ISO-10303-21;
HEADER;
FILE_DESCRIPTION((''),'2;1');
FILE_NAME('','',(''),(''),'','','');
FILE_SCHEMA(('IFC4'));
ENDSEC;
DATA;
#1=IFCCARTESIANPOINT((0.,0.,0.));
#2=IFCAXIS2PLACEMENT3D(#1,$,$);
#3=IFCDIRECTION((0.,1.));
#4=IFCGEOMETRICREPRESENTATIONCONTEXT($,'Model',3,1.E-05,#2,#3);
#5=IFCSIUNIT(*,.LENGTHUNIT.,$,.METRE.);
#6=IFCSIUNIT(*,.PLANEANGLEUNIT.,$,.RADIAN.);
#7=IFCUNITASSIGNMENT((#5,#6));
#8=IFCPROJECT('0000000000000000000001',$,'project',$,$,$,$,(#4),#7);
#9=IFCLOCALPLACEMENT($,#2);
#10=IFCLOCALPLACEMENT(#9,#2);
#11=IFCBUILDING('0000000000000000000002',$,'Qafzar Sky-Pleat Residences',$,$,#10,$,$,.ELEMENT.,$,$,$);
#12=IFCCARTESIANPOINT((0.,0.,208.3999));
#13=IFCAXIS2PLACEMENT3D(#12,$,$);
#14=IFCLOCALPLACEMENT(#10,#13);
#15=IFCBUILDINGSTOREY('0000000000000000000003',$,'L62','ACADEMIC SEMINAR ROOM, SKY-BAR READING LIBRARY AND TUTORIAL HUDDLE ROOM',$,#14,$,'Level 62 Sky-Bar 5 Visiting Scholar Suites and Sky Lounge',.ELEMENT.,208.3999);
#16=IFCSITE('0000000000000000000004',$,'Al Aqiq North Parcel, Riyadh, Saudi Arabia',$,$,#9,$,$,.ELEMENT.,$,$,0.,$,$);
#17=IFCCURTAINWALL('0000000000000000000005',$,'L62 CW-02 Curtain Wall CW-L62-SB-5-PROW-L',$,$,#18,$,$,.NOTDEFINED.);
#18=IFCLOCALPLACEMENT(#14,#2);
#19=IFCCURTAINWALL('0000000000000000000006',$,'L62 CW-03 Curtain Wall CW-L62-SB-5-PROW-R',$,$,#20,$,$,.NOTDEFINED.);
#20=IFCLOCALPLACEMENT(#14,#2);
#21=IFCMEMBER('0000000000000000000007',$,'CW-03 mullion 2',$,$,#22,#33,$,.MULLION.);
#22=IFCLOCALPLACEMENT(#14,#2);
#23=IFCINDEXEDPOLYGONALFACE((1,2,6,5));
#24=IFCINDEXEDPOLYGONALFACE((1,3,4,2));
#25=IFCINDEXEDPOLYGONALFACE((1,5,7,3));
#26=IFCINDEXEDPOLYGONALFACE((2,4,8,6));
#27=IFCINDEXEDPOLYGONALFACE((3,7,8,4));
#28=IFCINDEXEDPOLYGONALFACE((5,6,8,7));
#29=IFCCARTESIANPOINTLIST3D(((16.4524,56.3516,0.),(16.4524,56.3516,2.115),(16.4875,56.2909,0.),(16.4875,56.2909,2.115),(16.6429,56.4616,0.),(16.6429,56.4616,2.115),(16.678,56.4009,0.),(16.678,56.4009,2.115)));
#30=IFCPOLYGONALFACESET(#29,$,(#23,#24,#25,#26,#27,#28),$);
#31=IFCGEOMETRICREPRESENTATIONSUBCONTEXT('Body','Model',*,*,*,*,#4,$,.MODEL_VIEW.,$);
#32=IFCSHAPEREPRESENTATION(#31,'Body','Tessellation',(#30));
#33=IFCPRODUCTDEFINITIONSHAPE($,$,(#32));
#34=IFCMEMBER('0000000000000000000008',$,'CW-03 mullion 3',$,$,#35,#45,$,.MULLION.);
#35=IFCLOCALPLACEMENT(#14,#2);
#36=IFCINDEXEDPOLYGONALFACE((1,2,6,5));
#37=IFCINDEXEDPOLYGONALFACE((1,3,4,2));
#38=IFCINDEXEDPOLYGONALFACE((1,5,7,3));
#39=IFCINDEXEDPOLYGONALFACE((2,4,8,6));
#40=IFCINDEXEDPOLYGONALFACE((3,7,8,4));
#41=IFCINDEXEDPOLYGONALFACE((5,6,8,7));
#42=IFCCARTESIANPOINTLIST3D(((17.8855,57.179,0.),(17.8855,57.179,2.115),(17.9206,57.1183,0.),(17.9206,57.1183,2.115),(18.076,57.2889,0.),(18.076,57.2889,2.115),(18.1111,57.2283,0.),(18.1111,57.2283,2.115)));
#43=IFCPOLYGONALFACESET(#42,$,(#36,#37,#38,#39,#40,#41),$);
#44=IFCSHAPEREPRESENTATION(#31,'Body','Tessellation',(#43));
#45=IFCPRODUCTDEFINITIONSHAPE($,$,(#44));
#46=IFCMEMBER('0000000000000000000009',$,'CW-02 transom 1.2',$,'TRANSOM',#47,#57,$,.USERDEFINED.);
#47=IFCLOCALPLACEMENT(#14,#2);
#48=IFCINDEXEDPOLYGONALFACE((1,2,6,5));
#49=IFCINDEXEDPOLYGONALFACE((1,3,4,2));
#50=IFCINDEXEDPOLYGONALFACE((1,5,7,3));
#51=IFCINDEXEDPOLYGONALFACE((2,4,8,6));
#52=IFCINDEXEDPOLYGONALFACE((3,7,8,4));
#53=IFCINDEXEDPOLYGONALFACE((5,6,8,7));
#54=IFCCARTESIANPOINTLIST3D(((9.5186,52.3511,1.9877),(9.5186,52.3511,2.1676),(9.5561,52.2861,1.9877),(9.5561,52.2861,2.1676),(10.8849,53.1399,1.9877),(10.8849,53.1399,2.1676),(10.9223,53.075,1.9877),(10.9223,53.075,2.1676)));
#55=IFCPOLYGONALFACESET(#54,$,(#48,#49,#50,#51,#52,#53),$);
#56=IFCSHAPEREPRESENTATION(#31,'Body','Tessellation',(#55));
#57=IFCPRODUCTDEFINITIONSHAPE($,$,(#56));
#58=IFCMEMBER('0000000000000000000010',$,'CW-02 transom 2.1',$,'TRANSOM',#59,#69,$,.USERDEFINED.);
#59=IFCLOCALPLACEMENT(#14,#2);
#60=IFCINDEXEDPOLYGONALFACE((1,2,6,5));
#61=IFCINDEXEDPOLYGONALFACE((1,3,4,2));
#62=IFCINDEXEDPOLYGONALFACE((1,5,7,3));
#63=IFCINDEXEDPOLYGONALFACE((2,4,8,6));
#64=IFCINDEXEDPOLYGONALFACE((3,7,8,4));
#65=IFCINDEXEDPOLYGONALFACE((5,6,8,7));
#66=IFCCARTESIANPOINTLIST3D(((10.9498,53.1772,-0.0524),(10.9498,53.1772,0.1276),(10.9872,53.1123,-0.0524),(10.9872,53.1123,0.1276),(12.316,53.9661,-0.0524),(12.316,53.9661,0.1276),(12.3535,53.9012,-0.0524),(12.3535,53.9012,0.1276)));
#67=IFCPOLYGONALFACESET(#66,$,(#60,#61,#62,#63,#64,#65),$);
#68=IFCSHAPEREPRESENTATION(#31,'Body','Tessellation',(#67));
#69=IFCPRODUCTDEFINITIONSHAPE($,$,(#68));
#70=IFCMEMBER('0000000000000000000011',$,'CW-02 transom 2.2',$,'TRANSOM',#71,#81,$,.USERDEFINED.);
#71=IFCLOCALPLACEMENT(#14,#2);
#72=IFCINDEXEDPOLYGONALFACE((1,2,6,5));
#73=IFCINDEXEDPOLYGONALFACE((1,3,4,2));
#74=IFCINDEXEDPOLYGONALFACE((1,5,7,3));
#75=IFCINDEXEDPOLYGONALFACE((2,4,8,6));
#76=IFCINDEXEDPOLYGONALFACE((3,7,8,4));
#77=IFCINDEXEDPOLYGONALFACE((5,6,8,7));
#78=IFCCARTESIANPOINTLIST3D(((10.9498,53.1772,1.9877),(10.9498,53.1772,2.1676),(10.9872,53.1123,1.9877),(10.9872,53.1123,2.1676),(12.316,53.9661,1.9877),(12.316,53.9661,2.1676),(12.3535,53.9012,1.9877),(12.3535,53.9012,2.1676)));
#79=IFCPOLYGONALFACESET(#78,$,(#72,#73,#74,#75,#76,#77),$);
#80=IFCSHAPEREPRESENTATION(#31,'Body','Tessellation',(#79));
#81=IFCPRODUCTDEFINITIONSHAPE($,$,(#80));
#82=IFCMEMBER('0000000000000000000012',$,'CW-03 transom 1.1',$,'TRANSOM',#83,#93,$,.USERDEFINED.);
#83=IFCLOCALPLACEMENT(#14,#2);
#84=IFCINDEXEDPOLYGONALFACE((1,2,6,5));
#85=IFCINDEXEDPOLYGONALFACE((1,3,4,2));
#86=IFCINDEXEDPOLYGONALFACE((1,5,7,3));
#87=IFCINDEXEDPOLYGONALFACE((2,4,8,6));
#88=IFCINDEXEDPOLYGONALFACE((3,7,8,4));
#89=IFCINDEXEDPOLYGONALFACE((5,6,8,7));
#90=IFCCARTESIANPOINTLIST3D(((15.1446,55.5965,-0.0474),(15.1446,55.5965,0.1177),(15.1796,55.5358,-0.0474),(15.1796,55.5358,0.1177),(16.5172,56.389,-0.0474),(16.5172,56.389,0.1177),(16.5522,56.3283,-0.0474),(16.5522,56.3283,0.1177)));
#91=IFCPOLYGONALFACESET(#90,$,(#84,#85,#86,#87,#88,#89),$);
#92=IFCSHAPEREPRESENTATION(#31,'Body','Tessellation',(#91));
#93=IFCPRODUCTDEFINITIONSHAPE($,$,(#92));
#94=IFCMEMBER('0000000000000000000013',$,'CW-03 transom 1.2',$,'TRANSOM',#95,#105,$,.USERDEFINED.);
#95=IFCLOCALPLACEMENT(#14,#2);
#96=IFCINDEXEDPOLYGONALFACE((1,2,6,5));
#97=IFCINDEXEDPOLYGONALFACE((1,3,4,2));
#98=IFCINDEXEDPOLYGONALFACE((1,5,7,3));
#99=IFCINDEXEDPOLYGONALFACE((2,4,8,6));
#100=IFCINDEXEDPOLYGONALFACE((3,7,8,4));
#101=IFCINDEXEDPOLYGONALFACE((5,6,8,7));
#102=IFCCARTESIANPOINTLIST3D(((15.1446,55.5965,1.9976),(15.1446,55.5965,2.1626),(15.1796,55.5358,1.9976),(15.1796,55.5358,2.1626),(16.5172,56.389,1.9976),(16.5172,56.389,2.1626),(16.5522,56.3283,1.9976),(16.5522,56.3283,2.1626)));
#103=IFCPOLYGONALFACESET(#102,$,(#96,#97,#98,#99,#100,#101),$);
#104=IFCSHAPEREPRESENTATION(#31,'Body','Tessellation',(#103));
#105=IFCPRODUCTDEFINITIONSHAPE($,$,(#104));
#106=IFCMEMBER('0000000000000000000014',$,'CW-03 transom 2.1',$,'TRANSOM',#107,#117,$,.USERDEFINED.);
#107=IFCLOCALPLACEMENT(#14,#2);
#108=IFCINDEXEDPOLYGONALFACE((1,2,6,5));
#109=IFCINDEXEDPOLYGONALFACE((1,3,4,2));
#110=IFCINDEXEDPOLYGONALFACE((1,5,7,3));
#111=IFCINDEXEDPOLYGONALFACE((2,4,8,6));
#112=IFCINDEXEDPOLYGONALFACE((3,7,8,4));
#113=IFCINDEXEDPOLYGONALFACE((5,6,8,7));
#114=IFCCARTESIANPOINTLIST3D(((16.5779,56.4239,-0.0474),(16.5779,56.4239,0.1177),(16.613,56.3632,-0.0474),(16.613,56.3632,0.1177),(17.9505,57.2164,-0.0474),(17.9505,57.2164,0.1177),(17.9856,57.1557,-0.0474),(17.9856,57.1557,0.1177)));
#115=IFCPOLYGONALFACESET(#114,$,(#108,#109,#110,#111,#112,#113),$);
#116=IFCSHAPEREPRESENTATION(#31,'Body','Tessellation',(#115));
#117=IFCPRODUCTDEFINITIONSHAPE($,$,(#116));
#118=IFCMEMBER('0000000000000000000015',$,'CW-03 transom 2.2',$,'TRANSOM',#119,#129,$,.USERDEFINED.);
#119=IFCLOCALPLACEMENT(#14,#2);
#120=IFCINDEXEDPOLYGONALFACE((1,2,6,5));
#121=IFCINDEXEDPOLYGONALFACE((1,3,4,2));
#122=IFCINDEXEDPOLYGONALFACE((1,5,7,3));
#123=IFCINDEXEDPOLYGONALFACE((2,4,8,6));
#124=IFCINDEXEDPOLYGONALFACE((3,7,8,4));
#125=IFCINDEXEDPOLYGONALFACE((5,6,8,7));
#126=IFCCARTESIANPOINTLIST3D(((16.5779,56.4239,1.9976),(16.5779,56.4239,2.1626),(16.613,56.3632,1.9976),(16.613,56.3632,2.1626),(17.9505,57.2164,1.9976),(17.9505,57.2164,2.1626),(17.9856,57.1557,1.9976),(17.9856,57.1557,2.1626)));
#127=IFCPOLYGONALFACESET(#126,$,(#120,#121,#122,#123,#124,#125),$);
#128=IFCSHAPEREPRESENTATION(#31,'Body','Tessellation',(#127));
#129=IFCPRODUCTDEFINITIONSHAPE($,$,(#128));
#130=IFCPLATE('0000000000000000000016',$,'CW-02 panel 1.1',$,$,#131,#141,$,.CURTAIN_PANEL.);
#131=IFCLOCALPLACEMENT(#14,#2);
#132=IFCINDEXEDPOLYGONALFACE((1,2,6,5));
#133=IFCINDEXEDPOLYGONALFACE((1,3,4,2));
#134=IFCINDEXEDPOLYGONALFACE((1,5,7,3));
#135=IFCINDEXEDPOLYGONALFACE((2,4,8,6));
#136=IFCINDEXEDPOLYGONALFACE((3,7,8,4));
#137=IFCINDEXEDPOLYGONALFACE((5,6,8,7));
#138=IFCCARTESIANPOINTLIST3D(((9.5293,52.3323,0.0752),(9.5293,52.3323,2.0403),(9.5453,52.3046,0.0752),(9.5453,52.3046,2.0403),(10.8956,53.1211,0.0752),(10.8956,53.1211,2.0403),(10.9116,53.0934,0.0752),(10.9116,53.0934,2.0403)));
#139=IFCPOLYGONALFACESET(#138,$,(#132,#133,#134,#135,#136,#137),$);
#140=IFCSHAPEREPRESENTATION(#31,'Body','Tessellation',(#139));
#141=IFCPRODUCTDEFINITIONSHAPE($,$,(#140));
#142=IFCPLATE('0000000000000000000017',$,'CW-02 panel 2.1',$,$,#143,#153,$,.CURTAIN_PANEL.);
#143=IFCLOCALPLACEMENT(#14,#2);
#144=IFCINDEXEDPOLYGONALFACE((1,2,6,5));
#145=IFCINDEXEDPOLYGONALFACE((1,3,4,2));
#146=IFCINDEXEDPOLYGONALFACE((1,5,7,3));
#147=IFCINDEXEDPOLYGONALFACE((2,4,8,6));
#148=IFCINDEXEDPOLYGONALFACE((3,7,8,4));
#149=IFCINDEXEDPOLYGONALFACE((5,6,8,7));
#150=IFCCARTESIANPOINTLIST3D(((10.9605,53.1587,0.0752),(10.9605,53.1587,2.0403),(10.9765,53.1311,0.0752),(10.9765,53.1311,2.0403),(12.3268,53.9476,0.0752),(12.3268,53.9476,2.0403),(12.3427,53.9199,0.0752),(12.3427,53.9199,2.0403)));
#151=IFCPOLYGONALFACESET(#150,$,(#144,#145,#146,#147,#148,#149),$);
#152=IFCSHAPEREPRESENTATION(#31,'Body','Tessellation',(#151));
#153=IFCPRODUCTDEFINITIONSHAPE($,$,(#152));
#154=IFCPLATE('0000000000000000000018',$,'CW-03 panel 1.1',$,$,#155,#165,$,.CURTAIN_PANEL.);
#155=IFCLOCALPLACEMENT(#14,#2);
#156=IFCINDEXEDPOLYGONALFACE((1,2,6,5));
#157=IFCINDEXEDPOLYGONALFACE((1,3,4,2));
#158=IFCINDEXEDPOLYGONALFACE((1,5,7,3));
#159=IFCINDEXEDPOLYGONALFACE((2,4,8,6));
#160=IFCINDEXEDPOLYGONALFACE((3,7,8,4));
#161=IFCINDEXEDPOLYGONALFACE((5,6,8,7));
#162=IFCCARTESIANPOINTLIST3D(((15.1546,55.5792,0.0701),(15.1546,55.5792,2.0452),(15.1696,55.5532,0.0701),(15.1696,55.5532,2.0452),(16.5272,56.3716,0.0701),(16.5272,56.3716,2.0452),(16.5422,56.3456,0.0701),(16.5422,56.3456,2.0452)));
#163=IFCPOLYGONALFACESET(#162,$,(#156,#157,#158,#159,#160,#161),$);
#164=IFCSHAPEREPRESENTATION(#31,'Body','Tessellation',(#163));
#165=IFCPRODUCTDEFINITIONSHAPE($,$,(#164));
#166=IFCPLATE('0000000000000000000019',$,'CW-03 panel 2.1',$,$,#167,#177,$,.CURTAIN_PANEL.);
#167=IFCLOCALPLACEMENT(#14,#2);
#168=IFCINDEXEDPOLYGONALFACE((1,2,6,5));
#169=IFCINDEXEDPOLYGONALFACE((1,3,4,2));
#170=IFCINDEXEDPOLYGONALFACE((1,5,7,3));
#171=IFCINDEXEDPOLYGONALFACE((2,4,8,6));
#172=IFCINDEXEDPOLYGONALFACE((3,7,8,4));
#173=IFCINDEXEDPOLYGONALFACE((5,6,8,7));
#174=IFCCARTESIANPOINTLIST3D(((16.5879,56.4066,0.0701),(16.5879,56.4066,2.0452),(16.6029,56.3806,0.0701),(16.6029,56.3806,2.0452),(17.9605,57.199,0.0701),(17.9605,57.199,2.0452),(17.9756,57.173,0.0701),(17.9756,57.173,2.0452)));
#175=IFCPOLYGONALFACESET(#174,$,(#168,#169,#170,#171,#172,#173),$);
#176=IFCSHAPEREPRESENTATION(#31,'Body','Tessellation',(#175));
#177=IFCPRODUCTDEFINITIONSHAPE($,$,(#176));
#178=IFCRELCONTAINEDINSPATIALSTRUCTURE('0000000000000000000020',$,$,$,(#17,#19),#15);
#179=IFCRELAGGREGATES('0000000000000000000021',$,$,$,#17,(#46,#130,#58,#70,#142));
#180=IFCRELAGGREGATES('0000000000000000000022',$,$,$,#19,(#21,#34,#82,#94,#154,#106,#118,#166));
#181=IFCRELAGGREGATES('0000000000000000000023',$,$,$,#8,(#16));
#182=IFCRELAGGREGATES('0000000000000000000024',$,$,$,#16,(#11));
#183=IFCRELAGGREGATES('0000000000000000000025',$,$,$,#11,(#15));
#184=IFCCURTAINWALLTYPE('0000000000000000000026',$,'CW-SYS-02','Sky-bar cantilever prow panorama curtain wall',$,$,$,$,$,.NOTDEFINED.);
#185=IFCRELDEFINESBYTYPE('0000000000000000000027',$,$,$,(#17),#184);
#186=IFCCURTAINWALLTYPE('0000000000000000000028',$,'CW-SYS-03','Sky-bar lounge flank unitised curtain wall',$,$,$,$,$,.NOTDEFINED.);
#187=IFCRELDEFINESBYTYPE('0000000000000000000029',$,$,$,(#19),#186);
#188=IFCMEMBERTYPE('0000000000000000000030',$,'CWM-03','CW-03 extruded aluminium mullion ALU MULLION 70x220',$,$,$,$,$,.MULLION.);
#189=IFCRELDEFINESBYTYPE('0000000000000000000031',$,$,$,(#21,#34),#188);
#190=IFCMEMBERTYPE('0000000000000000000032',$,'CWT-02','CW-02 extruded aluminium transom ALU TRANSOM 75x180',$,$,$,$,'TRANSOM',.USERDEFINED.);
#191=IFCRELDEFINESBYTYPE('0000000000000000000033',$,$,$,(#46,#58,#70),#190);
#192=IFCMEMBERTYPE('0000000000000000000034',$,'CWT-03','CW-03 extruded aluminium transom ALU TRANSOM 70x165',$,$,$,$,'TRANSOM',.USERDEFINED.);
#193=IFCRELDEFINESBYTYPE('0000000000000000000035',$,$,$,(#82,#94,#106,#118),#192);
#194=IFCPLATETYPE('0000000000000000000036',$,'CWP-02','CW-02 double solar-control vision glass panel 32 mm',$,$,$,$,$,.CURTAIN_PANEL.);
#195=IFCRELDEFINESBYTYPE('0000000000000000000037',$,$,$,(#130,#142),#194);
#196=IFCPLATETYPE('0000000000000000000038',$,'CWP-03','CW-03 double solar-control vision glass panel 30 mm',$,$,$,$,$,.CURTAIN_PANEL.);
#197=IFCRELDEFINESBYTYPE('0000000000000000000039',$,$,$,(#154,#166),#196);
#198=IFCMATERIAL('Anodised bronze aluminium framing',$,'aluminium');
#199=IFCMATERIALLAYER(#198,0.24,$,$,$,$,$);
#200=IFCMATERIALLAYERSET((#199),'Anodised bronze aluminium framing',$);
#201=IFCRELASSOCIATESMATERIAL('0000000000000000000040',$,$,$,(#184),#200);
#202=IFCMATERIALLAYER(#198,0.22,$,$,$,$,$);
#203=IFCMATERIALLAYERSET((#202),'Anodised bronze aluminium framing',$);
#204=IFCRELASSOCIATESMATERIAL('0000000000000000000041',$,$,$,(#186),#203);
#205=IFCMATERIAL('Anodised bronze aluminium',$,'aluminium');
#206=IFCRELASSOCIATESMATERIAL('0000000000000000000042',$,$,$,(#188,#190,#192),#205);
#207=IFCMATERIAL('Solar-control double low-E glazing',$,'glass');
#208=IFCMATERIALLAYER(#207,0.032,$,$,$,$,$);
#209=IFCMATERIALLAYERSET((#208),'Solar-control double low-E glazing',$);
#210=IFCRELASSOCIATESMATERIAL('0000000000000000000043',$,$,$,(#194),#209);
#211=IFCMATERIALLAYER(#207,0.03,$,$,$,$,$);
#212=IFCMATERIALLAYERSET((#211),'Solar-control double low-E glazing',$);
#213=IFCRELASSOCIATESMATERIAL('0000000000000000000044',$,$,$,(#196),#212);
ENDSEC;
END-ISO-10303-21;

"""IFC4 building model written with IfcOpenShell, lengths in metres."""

from ifc_helpers import new_model, si_unit, direction, frame, origin, origin_2d, place, context, subcontext, project, spatial, rectangle, extrude, source, transform, mapped, material, layer, layer_set, material_profile, profile_set, type_object, element, aggregate, save


model = new_model("IFC4")

# Units and contexts
model_context = context("Model", 3, precision=1e-05, world=origin(), true_north=direction((0.0, 1.0)))
body_context = subcontext(model_context, "Body", "Model", "MODEL_VIEW")
ifc_project = project(units=[si_unit("LENGTHUNIT", "METRE"), si_unit("PLANEANGLEUNIT", "RADIAN")], contexts=[model_context])

# Site, building, storey
site_placement = place(None, origin())
site = spatial("IfcSite", under=ifc_project, at=site_placement, Name="Al Aqiq North Parcel, Riyadh, Saudi Arabia", CompositionType="ELEMENT", RefElevation=0.0)
building_placement = place(site_placement, origin())
building = spatial("IfcBuilding", under=site, at=building_placement, Name="Qafzar Sky-Pleat Residences", CompositionType="ELEMENT")
storey_placement = place(building_placement, frame((0.0, 0.0, 208.3999)))
storey = spatial("IfcBuildingStorey", under=building, at=storey_placement, Name="L62", Description="ACADEMIC SEMINAR ROOM, SKY-BAR READING LIBRARY AND TUTORIAL HUDDLE ROOM", LongName="Level 62 Sky-Bar 5 Visiting Scholar Suites and Sky Lounge", CompositionType="ELEMENT", Elevation=208.3999)

# Curtain walls, members
ifc_material_1 = material(Name="Anodised bronze aluminium framing", Category="aluminium")
ifc_layer_1 = layer(ifc_material_1, 0.24)
ifc_layer_set_1 = layer_set([ifc_layer_1], Name="Anodised bronze aluminium framing")
curtain_wall_type_1 = type_object("IfcCurtainWallType", Name="CW-SYS-02", Description="Sky-bar cantilever prow panorama curtain wall", PredefinedType="NOTDEFINED", material=ifc_layer_set_1)
curtain_wall_1_placement = place(storey_placement, origin())
curtain_wall_1 = element("IfcCurtainWall", 1, at=curtain_wall_1_placement, inside=storey, type_object=curtain_wall_type_1, Name="L62 CW-02 Curtain Wall CW-L62-SB-5-PROW-L", PredefinedType="NOTDEFINED")
ifc_material_2 = material(Name="Anodised bronze aluminium", Category="aluminium")
ifc_layer_2 = layer(ifc_material_1, 0.22)
ifc_layer_set_2 = layer_set([ifc_layer_2], Name="Anodised bronze aluminium framing")
curtain_wall_type_2 = type_object("IfcCurtainWallType", Name="CW-SYS-03", Description="Sky-bar lounge flank unitised curtain wall", PredefinedType="NOTDEFINED", material=ifc_layer_set_2)
curtain_wall_2_placement = place(storey_placement, origin())
curtain_wall_2 = element("IfcCurtainWall", 2, at=curtain_wall_2_placement, inside=storey, type_object=curtain_wall_type_2, Name="L62 CW-03 Curtain Wall CW-L62-SB-5-PROW-R", PredefinedType="NOTDEFINED")
ifc_material_profile_1 = material_profile(ifc_material_2, rectangle(XDim=0.0701, YDim=0.22, at=origin_2d()), Name="ALU MULLION 70x220")
ifc_profile_set_1 = profile_set([ifc_material_profile_1], Name="Anodised bronze aluminium")
member_type_1 = type_object("IfcMemberType", Name="CWM-03", Description="CW-03 extruded aluminium mullion ALU MULLION 70x220", PredefinedType="MULLION", material=ifc_profile_set_1)
shared_shape_1 = source(origin(), body_context, "Body", "SweptSolid", [
    extrude(rectangle(XDim=0.0701, YDim=0.22, at=origin_2d()), origin(), (0.0, 0.0, 1.0), 2.115),
])
member_1_placement = place(storey_placement, frame((16.5652, 56.3762, 0.0), z_axis=(0.0, 0.0, 1.0), x_axis=(-0.499996, 0.866028, 0.0)))
member_1 = element("IfcMember", 3, at=member_1_placement, type_object=member_type_1, Name="CW-03 mullion 2", PredefinedType="MULLION", context=body_context, shape_type="MappedRepresentation", body=[
    mapped(shared_shape_1, transform((0.0, 0.0, 0.0), x_axis=(1.0, 0.0, 0.0), y_axis=(0.0, 1.0, 0.0), z_axis=(0.0, 0.0, 1.0), scale=1.0)),
])
member_2_placement = place(storey_placement, frame((17.9983, 57.2036, 0.0), z_axis=(0.0, 0.0, 1.0), x_axis=(-0.499996, 0.866028, 0.0)))
member_2 = element("IfcMember", 4, at=member_2_placement, type_object=member_type_1, Name="CW-03 mullion 3", PredefinedType="MULLION", context=body_context, shape_type="MappedRepresentation", body=[
    mapped(shared_shape_1, transform((0.0, 0.0, 0.0), x_axis=(1.0, 0.0, 0.0), y_axis=(0.0, 1.0, 0.0), z_axis=(0.0, 0.0, 1.0), scale=1.0)),
])

# Members
ifc_material_profile_2 = material_profile(ifc_material_2, rectangle(XDim=0.075, YDim=0.1799, at=origin_2d()), Name="ALU TRANSOM 75x180")
ifc_profile_set_2 = profile_set([ifc_material_profile_2], Name="Anodised bronze aluminium")
member_type_2 = type_object("IfcMemberType", Name="CWT-02", Description="CW-02 extruded aluminium transom ALU TRANSOM 75x180", ElementType="TRANSOM", PredefinedType="USERDEFINED", material=ifc_profile_set_2)
shared_shape_2 = source(origin(), body_context, "Body", "SweptSolid", [
    extrude(rectangle(XDim=0.075, YDim=0.1799, at=origin_2d()), origin(), (0.0, 0.0, 1.0), 1.5776),
])
member_3_placement = place(storey_placement, frame((9.5374, 52.3186, 2.0776), z_axis=(0.866015, 0.500017, 0.0), x_axis=(-0.500017, 0.866015, 0.0)))
member_3 = element("IfcMember", 5, at=member_3_placement, type_object=member_type_2, Name="CW-02 transom 1.2", ObjectType="TRANSOM", PredefinedType="USERDEFINED", context=body_context, shape_type="MappedRepresentation", body=[
    mapped(shared_shape_2, transform((0.0, 0.0, 0.0), x_axis=(1.0, 0.0, 0.0), y_axis=(0.0, 1.0, 0.0), z_axis=(0.0, 0.0, 1.0), scale=1.0)),
])
member_4_placement = place(storey_placement, frame((10.9685, 53.1448, 0.0376), z_axis=(0.866015, 0.500017, 0.0), x_axis=(-0.500017, 0.866015, 0.0)))
member_4 = element("IfcMember", 6, at=member_4_placement, type_object=member_type_2, Name="CW-02 transom 2.1", ObjectType="TRANSOM", PredefinedType="USERDEFINED", context=body_context, shape_type="MappedRepresentation", body=[
    mapped(shared_shape_2, transform((0.0, 0.0, 0.0), x_axis=(1.0, 0.0, 0.0), y_axis=(0.0, 1.0, 0.0), z_axis=(0.0, 0.0, 1.0), scale=1.0)),
])
member_5_placement = place(storey_placement, frame((10.9685, 53.1448, 2.0776), z_axis=(0.866015, 0.500017, 0.0), x_axis=(-0.500017, 0.866015, 0.0)))
member_5 = element("IfcMember", 7, at=member_5_placement, type_object=member_type_2, Name="CW-02 transom 2.2", ObjectType="TRANSOM", PredefinedType="USERDEFINED", context=body_context, shape_type="MappedRepresentation", body=[
    mapped(shared_shape_2, transform((0.0, 0.0, 0.0), x_axis=(1.0, 0.0, 0.0), y_axis=(0.0, 1.0, 0.0), z_axis=(0.0, 0.0, 1.0), scale=1.0)),
])
ifc_material_profile_3 = material_profile(ifc_material_2, rectangle(XDim=0.0701, YDim=0.165, at=origin_2d()), Name="ALU TRANSOM 70x165")
ifc_profile_set_3 = profile_set([ifc_material_profile_3], Name="Anodised bronze aluminium")
member_type_3 = type_object("IfcMemberType", Name="CWT-03", Description="CW-03 extruded aluminium transom ALU TRANSOM 70x165", ElementType="TRANSOM", PredefinedType="USERDEFINED", material=ifc_profile_set_3)
shared_shape_3 = source(origin(), body_context, "Body", "SweptSolid", [
    extrude(rectangle(XDim=0.0701, YDim=0.165, at=origin_2d()), origin(), (0.0, 0.0, 1.0), 1.585),
])
member_6_placement = place(storey_placement, frame((15.1621, 55.5662, 0.0352), z_axis=(0.866016, 0.500016, 0.0), x_axis=(-0.500016, 0.866016, 0.0)))
member_6 = element("IfcMember", 8, at=member_6_placement, type_object=member_type_3, Name="CW-03 transom 1.1", ObjectType="TRANSOM", PredefinedType="USERDEFINED", context=body_context, shape_type="MappedRepresentation", body=[
    mapped(shared_shape_3, transform((0.0, 0.0, 0.0), x_axis=(1.0, 0.0, 0.0), y_axis=(0.0, 1.0, 0.0), z_axis=(0.0, 0.0, 1.0), scale=1.0)),
])
member_7_placement = place(storey_placement, frame((15.1621, 55.5662, 2.0801), z_axis=(0.866016, 0.500016, 0.0), x_axis=(-0.500016, 0.866016, 0.0)))
member_7 = element("IfcMember", 9, at=member_7_placement, type_object=member_type_3, Name="CW-03 transom 1.2", ObjectType="TRANSOM", PredefinedType="USERDEFINED", context=body_context, shape_type="MappedRepresentation", body=[
    mapped(shared_shape_3, transform((0.0, 0.0, 0.0), x_axis=(1.0, 0.0, 0.0), y_axis=(0.0, 1.0, 0.0), z_axis=(0.0, 0.0, 1.0), scale=1.0)),
])
member_8_placement = place(storey_placement, frame((16.5955, 56.3936, 0.0352), z_axis=(0.866016, 0.500016, 0.0), x_axis=(-0.500016, 0.866016, 0.0)))
member_8 = element("IfcMember", 10, at=member_8_placement, type_object=member_type_3, Name="CW-03 transom 2.1", ObjectType="TRANSOM", PredefinedType="USERDEFINED", context=body_context, shape_type="MappedRepresentation", body=[
    mapped(shared_shape_3, transform((0.0, 0.0, 0.0), x_axis=(1.0, 0.0, 0.0), y_axis=(0.0, 1.0, 0.0), z_axis=(0.0, 0.0, 1.0), scale=1.0)),
])
member_9_placement = place(storey_placement, frame((16.5955, 56.3936, 2.0801), z_axis=(0.866016, 0.500016, 0.0), x_axis=(-0.500016, 0.866016, 0.0)))
member_9 = element("IfcMember", 11, at=member_9_placement, type_object=member_type_3, Name="CW-03 transom 2.2", ObjectType="TRANSOM", PredefinedType="USERDEFINED", context=body_context, shape_type="MappedRepresentation", body=[
    mapped(shared_shape_3, transform((0.0, 0.0, 0.0), x_axis=(1.0, 0.0, 0.0), y_axis=(0.0, 1.0, 0.0), z_axis=(0.0, 0.0, 1.0), scale=1.0)),
])

# Plates
ifc_material_3 = material(Name="Solar-control double low-E glazing", Category="glass")
ifc_layer_3 = layer(ifc_material_3, 0.032)
ifc_layer_set_3 = layer_set([ifc_layer_3], Name="Solar-control double low-E glazing")
plate_type_1 = type_object("IfcPlateType", Name="CWP-02", Description="CW-02 double solar-control vision glass panel 32 mm", PredefinedType="CURTAIN_PANEL", material=ifc_layer_set_3)
shared_shape_4 = source(origin(), body_context, "Body", "SweptSolid", [
    extrude(rectangle(XDim=1.5776, YDim=0.032, at=origin_2d()), origin(), (0.0, 0.0, 1.0), 1.9651),
])
plate_1_placement = place(storey_placement, frame((10.2205, 52.7129, 0.0752), z_axis=(0.0, 0.0, 1.0), x_axis=(0.866028, 0.499996, 0.0)))
plate_1 = element("IfcPlate", 12, at=plate_1_placement, type_object=plate_type_1, Name="CW-02 panel 1.1", PredefinedType="CURTAIN_PANEL", context=body_context, shape_type="MappedRepresentation", body=[
    mapped(shared_shape_4, transform((0.0, 0.0, 0.0), x_axis=(1.0, 0.0, 0.0), y_axis=(0.0, 1.0, 0.0), z_axis=(0.0, 0.0, 1.0), scale=1.0)),
])
plate_2_placement = place(storey_placement, frame((11.6516, 53.5393, 0.0752), z_axis=(0.0, 0.0, 1.0), x_axis=(0.866028, 0.499996, 0.0)))
plate_2 = element("IfcPlate", 13, at=plate_2_placement, type_object=plate_type_1, Name="CW-02 panel 2.1", PredefinedType="CURTAIN_PANEL", context=body_context, shape_type="MappedRepresentation", body=[
    mapped(shared_shape_4, transform((0.0, 0.0, 0.0), x_axis=(1.0, 0.0, 0.0), y_axis=(0.0, 1.0, 0.0), z_axis=(0.0, 0.0, 1.0), scale=1.0)),
])
aggregate(curtain_wall_1, [member_3, plate_1, member_4, member_5, plate_2])
ifc_layer_4 = layer(ifc_material_3, 0.03)
ifc_layer_set_4 = layer_set([ifc_layer_4], Name="Solar-control double low-E glazing")
plate_type_2 = type_object("IfcPlateType", Name="CWP-03", Description="CW-03 double solar-control vision glass panel 30 mm", PredefinedType="CURTAIN_PANEL", material=ifc_layer_set_4)
shared_shape_5 = source(origin(), body_context, "Body", "SweptSolid", [
    extrude(rectangle(XDim=1.585, YDim=0.03, at=origin_2d()), origin(), (0.0, 0.0, 1.0), 1.9751),
])
plate_3_placement = place(storey_placement, frame((15.8484, 55.9624, 0.0701), z_axis=(0.0, 0.0, 1.0), x_axis=(0.866028, 0.499996, 0.0)))
plate_3 = element("IfcPlate", 14, at=plate_3_placement, type_object=plate_type_2, Name="CW-03 panel 1.1", PredefinedType="CURTAIN_PANEL", context=body_context, shape_type="MappedRepresentation", body=[
    mapped(shared_shape_5, transform((0.0, 0.0, 0.0), x_axis=(1.0, 0.0, 0.0), y_axis=(0.0, 1.0, 0.0), z_axis=(0.0, 0.0, 1.0), scale=1.0)),
])
plate_4_placement = place(storey_placement, frame((17.2817, 56.7898, 0.0701), z_axis=(0.0, 0.0, 1.0), x_axis=(0.866028, 0.499996, 0.0)))
plate_4 = element("IfcPlate", 15, at=plate_4_placement, type_object=plate_type_2, Name="CW-03 panel 2.1", PredefinedType="CURTAIN_PANEL", context=body_context, shape_type="MappedRepresentation", body=[
    mapped(shared_shape_5, transform((0.0, 0.0, 0.0), x_axis=(1.0, 0.0, 0.0), y_axis=(0.0, 1.0, 0.0), z_axis=(0.0, 0.0, 1.0), scale=1.0)),
])
aggregate(curtain_wall_2, [member_1, member_2, member_6, member_7, plate_3, member_8, member_9, plate_4])

save(model, "model.ifc")
